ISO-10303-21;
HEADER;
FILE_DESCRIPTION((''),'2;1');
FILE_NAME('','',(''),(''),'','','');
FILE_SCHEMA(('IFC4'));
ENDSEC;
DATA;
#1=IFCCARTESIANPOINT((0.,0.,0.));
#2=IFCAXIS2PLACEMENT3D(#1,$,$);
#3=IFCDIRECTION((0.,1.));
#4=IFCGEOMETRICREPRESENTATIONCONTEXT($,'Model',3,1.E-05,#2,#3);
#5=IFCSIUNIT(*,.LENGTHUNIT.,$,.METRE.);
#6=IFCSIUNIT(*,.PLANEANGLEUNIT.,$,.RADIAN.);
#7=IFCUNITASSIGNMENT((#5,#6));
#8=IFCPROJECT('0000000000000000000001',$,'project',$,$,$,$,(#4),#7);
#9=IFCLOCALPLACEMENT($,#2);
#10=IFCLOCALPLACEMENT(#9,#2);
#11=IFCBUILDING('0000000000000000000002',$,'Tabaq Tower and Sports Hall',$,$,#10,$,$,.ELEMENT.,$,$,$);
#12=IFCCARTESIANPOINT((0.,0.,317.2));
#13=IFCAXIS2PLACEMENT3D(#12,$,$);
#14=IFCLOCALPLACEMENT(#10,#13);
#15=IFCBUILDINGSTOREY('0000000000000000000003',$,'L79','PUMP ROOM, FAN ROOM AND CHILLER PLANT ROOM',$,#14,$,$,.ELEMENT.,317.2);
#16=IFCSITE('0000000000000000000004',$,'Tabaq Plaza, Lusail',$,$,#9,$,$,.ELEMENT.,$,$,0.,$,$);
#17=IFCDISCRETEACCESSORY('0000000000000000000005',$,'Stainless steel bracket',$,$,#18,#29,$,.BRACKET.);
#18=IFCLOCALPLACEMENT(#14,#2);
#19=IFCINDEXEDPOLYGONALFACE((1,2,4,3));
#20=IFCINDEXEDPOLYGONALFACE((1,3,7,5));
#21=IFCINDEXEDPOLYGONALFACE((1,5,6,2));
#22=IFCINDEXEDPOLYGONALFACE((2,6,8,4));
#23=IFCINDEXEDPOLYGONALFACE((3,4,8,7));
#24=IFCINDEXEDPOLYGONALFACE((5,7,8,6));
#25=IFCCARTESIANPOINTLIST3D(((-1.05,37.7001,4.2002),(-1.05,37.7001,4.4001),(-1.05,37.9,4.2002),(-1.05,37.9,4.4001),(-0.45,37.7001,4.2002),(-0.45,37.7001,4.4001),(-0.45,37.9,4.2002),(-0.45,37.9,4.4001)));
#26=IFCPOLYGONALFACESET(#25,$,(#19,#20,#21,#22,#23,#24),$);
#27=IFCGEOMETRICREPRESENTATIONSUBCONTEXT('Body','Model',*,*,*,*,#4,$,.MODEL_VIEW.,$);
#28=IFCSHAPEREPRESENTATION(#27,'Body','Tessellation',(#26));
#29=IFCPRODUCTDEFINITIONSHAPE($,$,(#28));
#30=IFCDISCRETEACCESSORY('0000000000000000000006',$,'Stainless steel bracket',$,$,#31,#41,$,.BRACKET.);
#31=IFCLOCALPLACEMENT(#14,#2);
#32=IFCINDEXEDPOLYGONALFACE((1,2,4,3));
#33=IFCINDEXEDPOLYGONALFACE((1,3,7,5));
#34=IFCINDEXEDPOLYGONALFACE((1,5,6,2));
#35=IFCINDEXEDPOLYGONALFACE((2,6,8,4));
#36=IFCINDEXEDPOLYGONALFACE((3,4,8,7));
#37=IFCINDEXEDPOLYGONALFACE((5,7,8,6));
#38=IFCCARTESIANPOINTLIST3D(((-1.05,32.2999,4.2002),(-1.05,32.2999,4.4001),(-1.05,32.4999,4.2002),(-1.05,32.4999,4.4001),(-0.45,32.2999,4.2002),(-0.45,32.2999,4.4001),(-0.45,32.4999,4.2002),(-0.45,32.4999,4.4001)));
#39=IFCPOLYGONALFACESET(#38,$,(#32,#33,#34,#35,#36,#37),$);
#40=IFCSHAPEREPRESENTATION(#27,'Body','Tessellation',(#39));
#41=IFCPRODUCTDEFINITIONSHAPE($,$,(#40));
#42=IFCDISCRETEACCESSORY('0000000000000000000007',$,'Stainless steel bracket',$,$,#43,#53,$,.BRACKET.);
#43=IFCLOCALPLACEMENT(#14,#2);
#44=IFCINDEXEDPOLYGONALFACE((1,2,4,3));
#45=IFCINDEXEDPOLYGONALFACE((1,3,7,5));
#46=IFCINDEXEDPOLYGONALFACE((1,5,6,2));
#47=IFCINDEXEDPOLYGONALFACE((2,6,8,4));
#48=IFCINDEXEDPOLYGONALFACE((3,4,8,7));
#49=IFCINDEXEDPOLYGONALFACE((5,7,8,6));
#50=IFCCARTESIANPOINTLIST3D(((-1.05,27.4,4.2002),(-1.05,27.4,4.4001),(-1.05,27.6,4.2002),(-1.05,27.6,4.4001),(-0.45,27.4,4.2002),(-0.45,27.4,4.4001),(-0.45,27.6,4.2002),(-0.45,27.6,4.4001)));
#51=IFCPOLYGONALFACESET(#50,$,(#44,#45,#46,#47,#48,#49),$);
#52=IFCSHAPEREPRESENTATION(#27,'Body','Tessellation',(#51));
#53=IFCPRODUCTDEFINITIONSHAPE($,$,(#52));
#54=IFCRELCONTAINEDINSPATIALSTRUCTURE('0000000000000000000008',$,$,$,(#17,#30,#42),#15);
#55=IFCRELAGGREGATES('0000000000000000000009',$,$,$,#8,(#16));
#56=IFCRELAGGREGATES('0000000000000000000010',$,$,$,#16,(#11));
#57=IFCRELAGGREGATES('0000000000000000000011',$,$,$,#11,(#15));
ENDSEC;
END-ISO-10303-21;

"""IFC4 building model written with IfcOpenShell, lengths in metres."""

from ifc_helpers import new_model, si_unit, direction, frame, origin, origin_2d, place, context, subcontext, project, spatial, rectangle, extrude, element, save


model = new_model("IFC4")

# Units and contexts
model_context = context("Model", 3, precision=1e-05, world=origin(), true_north=direction((0.0, 1.0)))
body_context = subcontext(model_context, "Body", "Model", "MODEL_VIEW")
ifc_project = project(units=[si_unit("LENGTHUNIT", "METRE"), si_unit("PLANEANGLEUNIT", "RADIAN")], contexts=[model_context])

# Site, building, storey
site_placement = place(None, origin())
site = spatial("IfcSite", under=ifc_project, at=site_placement, Name="Tabaq Plaza, Lusail", CompositionType="ELEMENT", RefElevation=0.0)
building_placement = place(site_placement, origin())
building = spatial("IfcBuilding", under=site, at=building_placement, Name="Tabaq Tower and Sports Hall", CompositionType="ELEMENT")
storey_placement = place(building_placement, frame((0.0, 0.0, 317.2)))
storey = spatial("IfcBuildingStorey", under=building, at=storey_placement, Name="L79", Description="PUMP ROOM, FAN ROOM AND CHILLER PLANT ROOM", CompositionType="ELEMENT", Elevation=317.2)

# Discrete accessories
for number, where, z_axis, x_axis, name in (
    (1, (-0.75, 37.8, 4.2002), (0.0, 0.0, 1.0), (-1.0, 0.0, 0.0), "Stainless steel bracket"),
    (2, (-0.75, 32.3999, 4.2002), (0.0, 0.0, 1.0), (-1.0, 0.0, 0.0), "Stainless steel bracket"),
    (3, (-0.75, 27.5, 4.2002), (0.0, 0.0, 1.0), (-1.0, 0.0, 0.0), "Stainless steel bracket"),
):
    element("IfcDiscreteAccessory", number, at=place(storey_placement, frame(where, z_axis=z_axis, x_axis=x_axis)), inside=storey, Name=name, PredefinedType="BRACKET", context=body_context, shape_type="SweptSolid", body=[
        extrude(rectangle(XDim=0.6001, YDim=0.2, at=origin_2d()), origin(), (0.0, 0.0, 1.0), 0.2),
    ])

save(model, "model.ifc")
